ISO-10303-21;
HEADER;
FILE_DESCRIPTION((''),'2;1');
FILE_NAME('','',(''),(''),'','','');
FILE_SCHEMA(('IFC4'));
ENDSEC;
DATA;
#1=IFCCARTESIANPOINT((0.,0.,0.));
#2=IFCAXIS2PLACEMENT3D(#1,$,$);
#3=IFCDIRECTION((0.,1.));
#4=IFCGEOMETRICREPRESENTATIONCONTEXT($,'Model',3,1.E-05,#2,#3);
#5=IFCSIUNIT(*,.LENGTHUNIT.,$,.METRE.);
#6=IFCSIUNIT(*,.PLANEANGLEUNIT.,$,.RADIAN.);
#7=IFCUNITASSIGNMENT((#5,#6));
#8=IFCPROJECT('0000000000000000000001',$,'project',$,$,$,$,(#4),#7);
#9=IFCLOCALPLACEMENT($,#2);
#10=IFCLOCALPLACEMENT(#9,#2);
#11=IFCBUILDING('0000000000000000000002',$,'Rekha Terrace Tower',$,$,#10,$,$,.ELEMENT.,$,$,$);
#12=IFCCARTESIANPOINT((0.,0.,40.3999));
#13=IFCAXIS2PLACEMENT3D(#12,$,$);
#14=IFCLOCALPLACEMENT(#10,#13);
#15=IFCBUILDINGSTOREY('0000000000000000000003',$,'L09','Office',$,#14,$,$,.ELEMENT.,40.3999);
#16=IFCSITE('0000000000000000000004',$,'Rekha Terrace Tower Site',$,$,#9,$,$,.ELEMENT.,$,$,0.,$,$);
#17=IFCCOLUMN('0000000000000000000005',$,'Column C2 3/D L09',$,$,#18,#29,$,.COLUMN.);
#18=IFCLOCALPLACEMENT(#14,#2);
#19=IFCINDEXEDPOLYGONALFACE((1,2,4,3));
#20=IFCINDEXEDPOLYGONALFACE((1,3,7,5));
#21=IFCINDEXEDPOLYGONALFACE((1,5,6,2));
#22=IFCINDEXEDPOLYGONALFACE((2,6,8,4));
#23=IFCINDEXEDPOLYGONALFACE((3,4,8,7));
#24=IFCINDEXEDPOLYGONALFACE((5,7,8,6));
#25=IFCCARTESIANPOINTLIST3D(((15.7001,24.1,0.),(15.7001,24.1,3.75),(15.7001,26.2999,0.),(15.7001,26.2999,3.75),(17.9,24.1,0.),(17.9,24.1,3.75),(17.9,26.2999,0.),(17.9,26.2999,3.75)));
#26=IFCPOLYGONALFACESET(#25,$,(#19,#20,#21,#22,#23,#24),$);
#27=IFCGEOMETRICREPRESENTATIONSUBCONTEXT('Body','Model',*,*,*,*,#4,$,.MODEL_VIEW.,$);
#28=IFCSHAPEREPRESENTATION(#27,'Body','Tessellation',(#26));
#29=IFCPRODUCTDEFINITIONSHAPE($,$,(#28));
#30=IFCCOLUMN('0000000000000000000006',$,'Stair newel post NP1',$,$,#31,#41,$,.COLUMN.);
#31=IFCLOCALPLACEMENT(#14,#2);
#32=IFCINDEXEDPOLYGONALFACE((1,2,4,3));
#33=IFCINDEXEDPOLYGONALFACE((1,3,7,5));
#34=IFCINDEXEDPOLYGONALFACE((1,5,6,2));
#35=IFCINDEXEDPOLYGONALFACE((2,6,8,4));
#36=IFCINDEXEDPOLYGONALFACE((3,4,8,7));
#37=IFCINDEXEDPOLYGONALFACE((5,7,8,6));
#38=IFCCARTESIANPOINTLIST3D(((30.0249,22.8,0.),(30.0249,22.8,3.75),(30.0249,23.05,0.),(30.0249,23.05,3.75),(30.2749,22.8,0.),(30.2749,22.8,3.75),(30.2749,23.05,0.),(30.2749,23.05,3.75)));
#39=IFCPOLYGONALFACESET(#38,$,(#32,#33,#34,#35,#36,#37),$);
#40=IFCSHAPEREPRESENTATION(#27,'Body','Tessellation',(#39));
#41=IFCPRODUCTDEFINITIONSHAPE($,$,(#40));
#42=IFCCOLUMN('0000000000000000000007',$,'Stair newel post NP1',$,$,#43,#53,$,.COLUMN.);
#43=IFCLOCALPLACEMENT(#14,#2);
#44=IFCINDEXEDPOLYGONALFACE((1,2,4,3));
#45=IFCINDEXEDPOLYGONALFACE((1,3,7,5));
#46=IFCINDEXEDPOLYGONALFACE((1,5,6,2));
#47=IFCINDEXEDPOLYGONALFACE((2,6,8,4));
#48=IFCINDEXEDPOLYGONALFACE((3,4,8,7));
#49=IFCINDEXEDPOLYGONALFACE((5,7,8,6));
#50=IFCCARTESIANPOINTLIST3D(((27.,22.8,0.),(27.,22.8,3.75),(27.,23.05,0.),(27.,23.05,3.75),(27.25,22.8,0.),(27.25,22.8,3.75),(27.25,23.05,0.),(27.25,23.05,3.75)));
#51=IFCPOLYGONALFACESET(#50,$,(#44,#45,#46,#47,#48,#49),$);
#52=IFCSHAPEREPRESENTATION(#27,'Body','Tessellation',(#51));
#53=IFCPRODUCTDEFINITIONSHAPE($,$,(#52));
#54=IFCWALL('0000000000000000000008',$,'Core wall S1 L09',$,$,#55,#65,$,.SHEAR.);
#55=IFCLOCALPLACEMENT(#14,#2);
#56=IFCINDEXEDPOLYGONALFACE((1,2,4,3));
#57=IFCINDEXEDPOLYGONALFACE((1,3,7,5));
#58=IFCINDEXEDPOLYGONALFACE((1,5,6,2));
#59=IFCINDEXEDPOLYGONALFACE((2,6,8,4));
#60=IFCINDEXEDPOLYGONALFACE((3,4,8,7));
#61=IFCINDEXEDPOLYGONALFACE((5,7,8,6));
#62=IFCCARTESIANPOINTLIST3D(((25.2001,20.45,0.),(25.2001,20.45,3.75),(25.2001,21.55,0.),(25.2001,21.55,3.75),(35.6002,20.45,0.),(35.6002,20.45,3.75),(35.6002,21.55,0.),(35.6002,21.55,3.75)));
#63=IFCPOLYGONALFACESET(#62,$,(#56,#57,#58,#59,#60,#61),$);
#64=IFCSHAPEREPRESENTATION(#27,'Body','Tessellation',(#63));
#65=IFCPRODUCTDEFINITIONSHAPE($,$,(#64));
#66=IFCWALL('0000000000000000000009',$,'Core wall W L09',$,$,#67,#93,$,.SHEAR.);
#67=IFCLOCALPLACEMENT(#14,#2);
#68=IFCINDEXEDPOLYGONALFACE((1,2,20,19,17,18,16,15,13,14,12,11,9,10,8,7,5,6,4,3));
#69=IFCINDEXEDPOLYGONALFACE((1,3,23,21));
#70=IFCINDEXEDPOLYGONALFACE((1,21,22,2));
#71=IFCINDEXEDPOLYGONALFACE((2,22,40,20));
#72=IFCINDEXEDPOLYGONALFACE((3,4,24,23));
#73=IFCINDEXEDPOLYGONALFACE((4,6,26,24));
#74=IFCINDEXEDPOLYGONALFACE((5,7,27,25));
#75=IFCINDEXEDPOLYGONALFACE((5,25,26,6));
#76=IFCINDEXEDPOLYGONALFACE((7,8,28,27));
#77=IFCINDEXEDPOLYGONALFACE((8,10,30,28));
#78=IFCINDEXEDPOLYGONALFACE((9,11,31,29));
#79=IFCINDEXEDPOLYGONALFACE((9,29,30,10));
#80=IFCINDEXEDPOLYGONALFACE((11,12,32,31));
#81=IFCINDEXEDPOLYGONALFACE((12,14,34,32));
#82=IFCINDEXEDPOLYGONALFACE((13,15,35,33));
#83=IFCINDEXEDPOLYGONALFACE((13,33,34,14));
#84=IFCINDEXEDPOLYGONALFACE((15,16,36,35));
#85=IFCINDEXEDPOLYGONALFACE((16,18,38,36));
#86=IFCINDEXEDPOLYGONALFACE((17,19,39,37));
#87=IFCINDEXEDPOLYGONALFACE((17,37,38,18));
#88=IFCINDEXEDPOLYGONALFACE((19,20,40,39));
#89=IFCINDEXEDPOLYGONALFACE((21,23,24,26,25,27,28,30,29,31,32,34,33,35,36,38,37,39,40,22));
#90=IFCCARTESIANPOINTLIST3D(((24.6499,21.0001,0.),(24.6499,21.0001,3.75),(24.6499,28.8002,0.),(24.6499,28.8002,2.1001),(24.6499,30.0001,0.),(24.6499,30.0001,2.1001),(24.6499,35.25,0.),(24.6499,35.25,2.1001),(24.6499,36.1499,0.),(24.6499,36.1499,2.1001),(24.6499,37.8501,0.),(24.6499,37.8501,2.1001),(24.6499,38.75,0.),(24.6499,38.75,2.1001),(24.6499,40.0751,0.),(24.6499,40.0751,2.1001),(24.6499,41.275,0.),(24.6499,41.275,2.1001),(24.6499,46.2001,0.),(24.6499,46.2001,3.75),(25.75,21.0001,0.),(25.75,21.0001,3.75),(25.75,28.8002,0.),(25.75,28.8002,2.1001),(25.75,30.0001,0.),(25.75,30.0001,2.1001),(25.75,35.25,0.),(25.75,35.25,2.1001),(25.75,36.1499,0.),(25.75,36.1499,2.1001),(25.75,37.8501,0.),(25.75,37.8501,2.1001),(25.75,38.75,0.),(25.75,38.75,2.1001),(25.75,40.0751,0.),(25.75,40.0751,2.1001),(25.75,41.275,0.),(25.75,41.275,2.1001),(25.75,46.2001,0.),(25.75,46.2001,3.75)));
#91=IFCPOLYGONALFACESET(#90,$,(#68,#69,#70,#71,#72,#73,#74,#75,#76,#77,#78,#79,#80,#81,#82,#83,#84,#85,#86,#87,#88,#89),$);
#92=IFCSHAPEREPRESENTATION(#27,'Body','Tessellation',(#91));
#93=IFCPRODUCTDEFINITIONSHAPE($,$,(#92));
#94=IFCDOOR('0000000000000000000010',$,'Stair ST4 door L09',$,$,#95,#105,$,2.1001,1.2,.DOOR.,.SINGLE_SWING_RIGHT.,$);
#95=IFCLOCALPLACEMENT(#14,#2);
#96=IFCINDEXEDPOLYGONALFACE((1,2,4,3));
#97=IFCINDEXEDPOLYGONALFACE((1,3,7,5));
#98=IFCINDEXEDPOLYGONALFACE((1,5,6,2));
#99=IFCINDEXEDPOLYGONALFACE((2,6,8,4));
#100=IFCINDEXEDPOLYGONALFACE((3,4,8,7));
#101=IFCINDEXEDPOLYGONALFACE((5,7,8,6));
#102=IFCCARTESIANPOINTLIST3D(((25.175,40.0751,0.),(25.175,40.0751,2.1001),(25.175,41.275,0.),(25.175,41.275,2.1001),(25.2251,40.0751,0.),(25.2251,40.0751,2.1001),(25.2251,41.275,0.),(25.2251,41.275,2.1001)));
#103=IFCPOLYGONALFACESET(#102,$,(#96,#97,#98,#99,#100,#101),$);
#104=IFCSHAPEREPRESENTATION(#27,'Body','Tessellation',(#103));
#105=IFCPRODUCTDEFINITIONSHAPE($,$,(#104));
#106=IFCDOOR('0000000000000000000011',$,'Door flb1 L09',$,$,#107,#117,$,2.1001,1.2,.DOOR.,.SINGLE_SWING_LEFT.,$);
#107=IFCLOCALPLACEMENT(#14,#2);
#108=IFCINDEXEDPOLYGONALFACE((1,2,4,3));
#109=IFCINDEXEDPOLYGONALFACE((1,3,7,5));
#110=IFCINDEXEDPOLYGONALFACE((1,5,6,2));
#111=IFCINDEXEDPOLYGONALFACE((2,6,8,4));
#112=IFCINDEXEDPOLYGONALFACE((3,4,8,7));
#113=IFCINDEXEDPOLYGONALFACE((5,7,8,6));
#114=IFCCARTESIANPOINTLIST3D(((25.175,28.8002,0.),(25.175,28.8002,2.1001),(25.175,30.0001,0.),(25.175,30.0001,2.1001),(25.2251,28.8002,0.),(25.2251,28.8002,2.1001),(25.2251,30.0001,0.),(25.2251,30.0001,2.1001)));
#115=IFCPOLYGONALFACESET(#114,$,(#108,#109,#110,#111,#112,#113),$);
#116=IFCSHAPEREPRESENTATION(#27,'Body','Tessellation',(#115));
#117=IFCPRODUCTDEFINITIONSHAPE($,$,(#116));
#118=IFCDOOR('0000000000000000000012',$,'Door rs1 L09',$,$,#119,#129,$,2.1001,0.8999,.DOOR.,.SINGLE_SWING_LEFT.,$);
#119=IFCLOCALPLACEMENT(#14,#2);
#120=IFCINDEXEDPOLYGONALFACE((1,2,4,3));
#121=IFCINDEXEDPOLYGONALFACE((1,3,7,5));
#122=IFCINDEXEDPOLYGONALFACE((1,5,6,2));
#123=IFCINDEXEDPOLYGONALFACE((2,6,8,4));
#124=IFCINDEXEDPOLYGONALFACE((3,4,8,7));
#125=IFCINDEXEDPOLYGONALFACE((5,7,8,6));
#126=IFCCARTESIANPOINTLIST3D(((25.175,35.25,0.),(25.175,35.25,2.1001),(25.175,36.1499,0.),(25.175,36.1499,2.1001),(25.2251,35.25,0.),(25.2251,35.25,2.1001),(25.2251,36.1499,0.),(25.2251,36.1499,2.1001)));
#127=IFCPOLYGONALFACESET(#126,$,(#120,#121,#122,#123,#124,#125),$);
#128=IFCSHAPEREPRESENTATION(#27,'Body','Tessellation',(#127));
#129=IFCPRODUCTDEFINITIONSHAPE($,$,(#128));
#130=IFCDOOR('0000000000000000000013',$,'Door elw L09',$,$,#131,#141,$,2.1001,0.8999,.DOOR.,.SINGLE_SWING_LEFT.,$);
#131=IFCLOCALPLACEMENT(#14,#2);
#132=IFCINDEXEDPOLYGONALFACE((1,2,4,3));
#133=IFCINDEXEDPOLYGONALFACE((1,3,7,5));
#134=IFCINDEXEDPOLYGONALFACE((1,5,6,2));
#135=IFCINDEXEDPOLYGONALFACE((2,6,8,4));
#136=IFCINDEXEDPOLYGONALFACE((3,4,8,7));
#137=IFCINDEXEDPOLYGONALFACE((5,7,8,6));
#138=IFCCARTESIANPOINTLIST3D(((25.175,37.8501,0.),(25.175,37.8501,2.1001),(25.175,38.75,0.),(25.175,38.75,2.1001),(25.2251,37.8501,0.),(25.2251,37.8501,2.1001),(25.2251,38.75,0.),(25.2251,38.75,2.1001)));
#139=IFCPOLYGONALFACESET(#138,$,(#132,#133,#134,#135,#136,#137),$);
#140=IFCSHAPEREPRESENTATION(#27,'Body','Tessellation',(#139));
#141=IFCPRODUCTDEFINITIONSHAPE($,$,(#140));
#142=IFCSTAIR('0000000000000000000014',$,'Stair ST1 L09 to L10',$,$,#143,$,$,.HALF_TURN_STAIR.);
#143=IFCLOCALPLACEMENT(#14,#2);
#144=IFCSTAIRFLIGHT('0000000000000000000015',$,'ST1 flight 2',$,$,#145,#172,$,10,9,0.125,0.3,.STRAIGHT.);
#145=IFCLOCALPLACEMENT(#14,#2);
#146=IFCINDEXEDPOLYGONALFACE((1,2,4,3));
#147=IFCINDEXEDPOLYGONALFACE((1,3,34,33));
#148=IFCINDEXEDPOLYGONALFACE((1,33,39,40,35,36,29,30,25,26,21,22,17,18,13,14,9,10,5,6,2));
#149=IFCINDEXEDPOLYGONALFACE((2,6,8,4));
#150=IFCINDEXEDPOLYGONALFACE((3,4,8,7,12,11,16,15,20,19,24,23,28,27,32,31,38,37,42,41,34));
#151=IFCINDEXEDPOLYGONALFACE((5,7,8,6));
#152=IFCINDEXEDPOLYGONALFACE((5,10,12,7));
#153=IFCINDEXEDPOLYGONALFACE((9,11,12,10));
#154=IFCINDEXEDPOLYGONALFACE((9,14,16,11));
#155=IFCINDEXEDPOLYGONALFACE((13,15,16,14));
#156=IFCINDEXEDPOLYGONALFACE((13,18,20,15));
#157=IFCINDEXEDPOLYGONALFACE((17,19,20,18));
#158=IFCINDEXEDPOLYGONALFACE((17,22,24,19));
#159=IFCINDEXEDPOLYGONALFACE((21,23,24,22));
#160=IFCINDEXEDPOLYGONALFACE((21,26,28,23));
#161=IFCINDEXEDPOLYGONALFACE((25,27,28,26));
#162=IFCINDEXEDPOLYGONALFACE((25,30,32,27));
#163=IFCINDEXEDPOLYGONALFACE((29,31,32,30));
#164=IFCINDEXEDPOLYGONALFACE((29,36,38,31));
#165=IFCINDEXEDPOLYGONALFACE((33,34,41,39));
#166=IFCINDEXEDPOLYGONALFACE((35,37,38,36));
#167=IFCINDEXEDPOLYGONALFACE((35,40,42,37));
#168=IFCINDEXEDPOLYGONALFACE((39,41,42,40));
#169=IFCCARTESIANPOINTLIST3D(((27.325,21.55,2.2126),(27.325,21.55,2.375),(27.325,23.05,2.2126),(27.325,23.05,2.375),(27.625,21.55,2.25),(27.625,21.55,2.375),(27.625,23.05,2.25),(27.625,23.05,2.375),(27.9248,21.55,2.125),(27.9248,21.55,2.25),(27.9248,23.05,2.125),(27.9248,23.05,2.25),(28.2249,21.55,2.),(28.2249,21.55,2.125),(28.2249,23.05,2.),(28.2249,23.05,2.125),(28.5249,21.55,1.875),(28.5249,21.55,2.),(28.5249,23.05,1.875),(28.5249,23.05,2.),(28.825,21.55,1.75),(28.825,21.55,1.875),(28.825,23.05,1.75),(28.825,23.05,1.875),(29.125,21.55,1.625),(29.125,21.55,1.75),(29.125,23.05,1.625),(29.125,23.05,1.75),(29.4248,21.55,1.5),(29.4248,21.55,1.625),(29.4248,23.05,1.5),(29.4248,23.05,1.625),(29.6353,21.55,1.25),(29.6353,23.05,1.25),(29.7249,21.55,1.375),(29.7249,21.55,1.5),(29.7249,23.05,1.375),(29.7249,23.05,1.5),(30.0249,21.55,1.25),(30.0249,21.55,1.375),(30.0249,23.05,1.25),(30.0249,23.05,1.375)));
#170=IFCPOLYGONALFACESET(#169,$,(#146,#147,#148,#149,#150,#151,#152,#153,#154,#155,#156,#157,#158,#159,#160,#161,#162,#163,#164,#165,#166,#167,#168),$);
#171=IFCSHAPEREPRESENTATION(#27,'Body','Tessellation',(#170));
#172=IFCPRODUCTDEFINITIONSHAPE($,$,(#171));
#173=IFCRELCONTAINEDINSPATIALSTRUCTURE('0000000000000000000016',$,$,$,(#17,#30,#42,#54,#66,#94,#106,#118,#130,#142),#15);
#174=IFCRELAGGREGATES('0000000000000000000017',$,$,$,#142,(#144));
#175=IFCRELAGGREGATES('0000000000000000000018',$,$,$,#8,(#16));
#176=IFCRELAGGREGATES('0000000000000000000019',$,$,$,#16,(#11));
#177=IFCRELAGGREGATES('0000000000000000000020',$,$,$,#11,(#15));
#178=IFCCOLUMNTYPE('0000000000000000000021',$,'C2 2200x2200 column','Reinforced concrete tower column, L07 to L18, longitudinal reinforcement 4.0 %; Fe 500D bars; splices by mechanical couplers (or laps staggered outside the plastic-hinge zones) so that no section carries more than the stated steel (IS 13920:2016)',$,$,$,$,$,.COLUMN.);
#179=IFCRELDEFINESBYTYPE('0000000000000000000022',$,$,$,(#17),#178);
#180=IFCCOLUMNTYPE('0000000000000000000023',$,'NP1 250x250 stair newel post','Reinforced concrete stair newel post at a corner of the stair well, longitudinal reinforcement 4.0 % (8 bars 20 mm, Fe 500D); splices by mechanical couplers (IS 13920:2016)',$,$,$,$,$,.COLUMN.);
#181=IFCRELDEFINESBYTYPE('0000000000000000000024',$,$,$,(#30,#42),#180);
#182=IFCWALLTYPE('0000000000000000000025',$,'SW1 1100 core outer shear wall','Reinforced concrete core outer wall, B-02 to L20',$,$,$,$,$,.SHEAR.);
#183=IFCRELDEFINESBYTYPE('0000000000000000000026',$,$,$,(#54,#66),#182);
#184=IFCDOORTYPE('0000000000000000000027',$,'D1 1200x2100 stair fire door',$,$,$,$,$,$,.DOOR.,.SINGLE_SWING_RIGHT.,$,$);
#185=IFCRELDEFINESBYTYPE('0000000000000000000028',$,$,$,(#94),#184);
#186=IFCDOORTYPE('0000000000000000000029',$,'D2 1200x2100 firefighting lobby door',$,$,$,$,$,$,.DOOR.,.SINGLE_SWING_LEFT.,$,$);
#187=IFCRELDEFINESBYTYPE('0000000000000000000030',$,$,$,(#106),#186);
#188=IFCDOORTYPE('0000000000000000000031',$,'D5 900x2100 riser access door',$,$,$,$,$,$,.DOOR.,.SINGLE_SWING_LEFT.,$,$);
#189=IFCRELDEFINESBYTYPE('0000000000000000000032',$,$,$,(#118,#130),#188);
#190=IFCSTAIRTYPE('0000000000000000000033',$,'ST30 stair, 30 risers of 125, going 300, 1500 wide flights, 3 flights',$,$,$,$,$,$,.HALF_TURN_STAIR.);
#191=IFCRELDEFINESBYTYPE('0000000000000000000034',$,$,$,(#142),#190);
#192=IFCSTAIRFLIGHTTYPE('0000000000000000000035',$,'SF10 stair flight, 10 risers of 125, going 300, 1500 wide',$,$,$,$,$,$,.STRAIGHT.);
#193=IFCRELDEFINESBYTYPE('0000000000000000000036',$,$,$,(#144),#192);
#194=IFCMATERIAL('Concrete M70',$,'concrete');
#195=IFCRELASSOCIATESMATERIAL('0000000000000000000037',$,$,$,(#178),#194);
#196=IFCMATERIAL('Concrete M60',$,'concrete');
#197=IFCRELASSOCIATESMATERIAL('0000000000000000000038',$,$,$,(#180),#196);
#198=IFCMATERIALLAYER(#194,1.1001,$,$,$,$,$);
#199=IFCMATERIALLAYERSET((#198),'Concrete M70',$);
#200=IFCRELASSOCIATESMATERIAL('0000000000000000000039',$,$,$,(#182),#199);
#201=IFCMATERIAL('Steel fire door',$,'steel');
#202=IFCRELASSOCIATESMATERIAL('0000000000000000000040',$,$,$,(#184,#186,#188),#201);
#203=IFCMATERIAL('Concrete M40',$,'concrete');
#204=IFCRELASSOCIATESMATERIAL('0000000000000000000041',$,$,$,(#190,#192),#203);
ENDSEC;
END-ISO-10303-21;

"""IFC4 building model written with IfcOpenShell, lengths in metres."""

from ifc_helpers import new_model, si_unit, direction, frame, frame_2d, origin, origin_2d, place, context, subcontext, project, spatial, polyline, rectangle, outline, extrude, material, layer, layer_set, material_profile, profile_set, type_object, element, fill, aggregate, save


model = new_model("IFC4")

# Units and contexts
model_context = context("Model", 3, precision=1e-05, world=origin(), true_north=direction((0.0, 1.0)))
body_context = subcontext(model_context, "Body", "Model", "MODEL_VIEW")
ifc_project = project(units=[si_unit("LENGTHUNIT", "METRE"), si_unit("PLANEANGLEUNIT", "RADIAN")], contexts=[model_context])

# Site, building, storey
site_placement = place(None, origin())
site = spatial("IfcSite", under=ifc_project, at=site_placement, Name="Rekha Terrace Tower Site", CompositionType="ELEMENT", RefElevation=0.0)
building_placement = place(site_placement, origin())
building = spatial("IfcBuilding", under=site, at=building_placement, Name="Rekha Terrace Tower", CompositionType="ELEMENT")
storey_placement = place(building_placement, frame((0.0, 0.0, 40.3999)))
storey = spatial("IfcBuildingStorey", under=building, at=storey_placement, Name="L09", Description="Office", CompositionType="ELEMENT", Elevation=40.3999)

# Columns
ifc_material_1 = material(Name="Concrete M70", Category="concrete")
ifc_material_profile_1 = material_profile(ifc_material_1, rectangle(XDim=2.2, YDim=2.2, at=origin_2d()), Name="RC 2200x2200")
ifc_profile_set_1 = profile_set([ifc_material_profile_1], Name="Concrete M70")
column_type_1 = type_object("IfcColumnType", Name="C2 2200x2200 column", Description="Reinforced concrete tower column, L07 to L18, longitudinal reinforcement 4.0 %; Fe 500D bars; splices by mechanical couplers (or laps staggered outside the plastic-hinge zones) so that no section carries more than the stated steel (IS 13920:2016)", PredefinedType="COLUMN", material=ifc_profile_set_1)
column_placement = place(storey_placement, frame((16.8, 25.2, 0.0), z_axis=(0.0, 0.0, 1.0), x_axis=(1.0, 0.0, 0.0)))
element("IfcColumn", 1, at=column_placement, inside=storey, type_object=column_type_1, Name="Column C2 3/D L09", PredefinedType="COLUMN", context=body_context, shape_type="SweptSolid", body=[
    extrude(rectangle(XDim=2.2, YDim=2.2, at=origin_2d()), origin(), (0.0, 0.0, 1.0), 3.75),
])
ifc_material_2 = material(Name="Concrete M60", Category="concrete")
ifc_material_profile_2 = material_profile(ifc_material_2, rectangle(XDim=0.25, YDim=0.25, at=origin_2d()), Name="RC 250x250")
ifc_profile_set_2 = profile_set([ifc_material_profile_2], Name="Concrete M60")
column_type_2 = type_object("IfcColumnType", Name="NP1 250x250 stair newel post", Description="Reinforced concrete stair newel post at a corner of the stair well, longitudinal reinforcement 4.0 % (8 bars 20 mm, Fe 500D); splices by mechanical couplers (IS 13920:2016)", PredefinedType="COLUMN", material=ifc_profile_set_2)
for number, where, z_axis, x_axis, name in (
    (2, (30.1499, 22.925, 0.0), (0.0, 0.0, 1.0), (1.0, 0.0, 0.0), "Stair newel post NP1"),
    (3, (27.125, 22.925, 0.0), (0.0, 0.0, 1.0), (1.0, 0.0, 0.0), "Stair newel post NP1"),
):
    element("IfcColumn", number, at=place(storey_placement, frame(where, z_axis=z_axis, x_axis=x_axis)), inside=storey, type_object=column_type_2, Name=name, PredefinedType="COLUMN", context=body_context, shape_type="SweptSolid", body=[
        extrude(rectangle(XDim=0.25, YDim=0.25, at=origin_2d()), origin(), (0.0, 0.0, 1.0), 3.75),
    ])

# Wall
ifc_layer = layer(ifc_material_1, 1.1001)
ifc_layer_set = layer_set([ifc_layer], Name="Concrete M70")
wall_type = type_object("IfcWallType", Name="SW1 1100 core outer shear wall", Description="Reinforced concrete core outer wall, B-02 to L20", PredefinedType="SHEAR", material=ifc_layer_set)
wall_1_placement = place(storey_placement, frame((25.2, 21.0, 0.0), z_axis=(0.0, 0.0, 1.0), x_axis=(1.0, 0.0, 0.0)))
element("IfcWall", 4, at=wall_1_placement, inside=storey, type_object=wall_type, Name="Core wall S1 L09", PredefinedType="SHEAR", context=body_context, shape_type="SweptSolid", body=[
    extrude(rectangle(XDim=10.4001, YDim=1.1001, at=frame_2d((5.2002, 0.0))), origin(), (0.0, 0.0, 1.0), 3.75),
])

# Wall, openings, doors
wall_2_placement = place(storey_placement, frame((25.2, 21.0, 0.0), z_axis=(0.0, 0.0, 1.0), x_axis=(0.0, 1.0, 0.0)))
wall_2 = element("IfcWall", 5, at=wall_2_placement, inside=storey, type_object=wall_type, Name="Core wall W L09", PredefinedType="SHEAR", context=body_context, shape_type="SweptSolid", body=[
    extrude(rectangle(XDim=25.2, YDim=1.1001, at=frame_2d((12.6001, 0.0))), origin(), (0.0, 0.0, 1.0), 3.75),
])
opening_1_placement = place(wall_2_placement, frame((7.8, 0.0, 0.0)))
opening_1 = element("IfcOpeningElement", 6, at=opening_1_placement, cuts=wall_2, PredefinedType="OPENING", context=body_context, shape_type="SweptSolid", body=[
    extrude(rectangle(XDim=1.2, YDim=2.1001, at=frame_2d((0.6001, 1.05))), frame((0.0, 0.5601, 0.0), z_axis=(0.0, -1.0, 0.0), x_axis=(1.0, 0.0, 0.0)), (0.0, 0.0, 1.0), 1.1201),
])
opening_2_placement = place(wall_2_placement, frame((14.25, 0.0, 0.0)))
opening_2 = element("IfcOpeningElement", 7, at=opening_2_placement, cuts=wall_2, PredefinedType="OPENING", context=body_context, shape_type="SweptSolid", body=[
    extrude(rectangle(XDim=0.8999, YDim=2.1001, at=frame_2d((0.45, 1.05))), frame((0.0, 0.5601, 0.0), z_axis=(0.0, -1.0, 0.0), x_axis=(1.0, 0.0, 0.0)), (0.0, 0.0, 1.0), 1.1201),
])
opening_3_placement = place(wall_2_placement, frame((16.8501, 0.0, 0.0)))
opening_3 = element("IfcOpeningElement", 8, at=opening_3_placement, cuts=wall_2, PredefinedType="OPENING", context=body_context, shape_type="SweptSolid", body=[
    extrude(rectangle(XDim=0.8999, YDim=2.1001, at=frame_2d((0.45, 1.05))), frame((0.0, 0.5601, 0.0), z_axis=(0.0, -1.0, 0.0), x_axis=(1.0, 0.0, 0.0)), (0.0, 0.0, 1.0), 1.1201),
])
opening_4_placement = place(wall_2_placement, frame((19.075, 0.0, 0.0)))
opening_4 = element("IfcOpeningElement", 9, at=opening_4_placement, cuts=wall_2, PredefinedType="OPENING", context=body_context, shape_type="SweptSolid", body=[
    extrude(rectangle(XDim=1.2, YDim=2.1001, at=frame_2d((0.6001, 1.05))), frame((0.0, 0.5601, 0.0), z_axis=(0.0, -1.0, 0.0), x_axis=(1.0, 0.0, 0.0)), (0.0, 0.0, 1.0), 1.1201),
])
ifc_material_3 = material(Name="Steel fire door", Category="steel")
door_type_1 = type_object("IfcDoorType", Name="D1 1200x2100 stair fire door", OperationType="SINGLE_SWING_RIGHT", PredefinedType="DOOR", material=ifc_material_3)
door_1_placement = place(opening_4_placement, origin())
door_1 = element("IfcDoor", 10, at=door_1_placement, inside=storey, type_object=door_type_1, Name="Stair ST4 door L09", OperationType="SINGLE_SWING_RIGHT", OverallHeight=2.1001, OverallWidth=1.2, PredefinedType="DOOR", context=body_context, shape_type="SweptSolid", body=[
    extrude(rectangle(XDim=1.2, YDim=2.1001, at=frame_2d((0.6001, 1.05))), frame((0.0, 0.0249, 0.0), z_axis=(0.0, -1.0, 0.0), x_axis=(1.0, 0.0, 0.0)), (0.0, 0.0, 1.0), 0.05),
])
fill(opening_4, door_1)
door_type_2 = type_object("IfcDoorType", Name="D2 1200x2100 firefighting lobby door", OperationType="SINGLE_SWING_LEFT", PredefinedType="DOOR", material=ifc_material_3)
door_2_placement = place(opening_1_placement, origin())
door_2 = element("IfcDoor", 11, at=door_2_placement, inside=storey, type_object=door_type_2, Name="Door flb1 L09", OperationType="SINGLE_SWING_LEFT", OverallHeight=2.1001, OverallWidth=1.2, PredefinedType="DOOR", context=body_context, shape_type="SweptSolid", body=[
    extrude(rectangle(XDim=1.2, YDim=2.1001, at=frame_2d((0.6001, 1.05))), frame((0.0, 0.0249, 0.0), z_axis=(0.0, -1.0, 0.0), x_axis=(1.0, 0.0, 0.0)), (0.0, 0.0, 1.0), 0.05),
])
fill(opening_1, door_2)
door_type_3 = type_object("IfcDoorType", Name="D5 900x2100 riser access door", OperationType="SINGLE_SWING_LEFT", PredefinedType="DOOR", material=ifc_material_3)
door_3_placement = place(opening_2_placement, origin())
door_3 = element("IfcDoor", 12, at=door_3_placement, inside=storey, type_object=door_type_3, Name="Door rs1 L09", OperationType="SINGLE_SWING_LEFT", OverallHeight=2.1001, OverallWidth=0.8999, PredefinedType="DOOR", context=body_context, shape_type="SweptSolid", body=[
    extrude(rectangle(XDim=0.8999, YDim=2.1001, at=frame_2d((0.45, 1.05))), frame((0.0, 0.0249, 0.0), z_axis=(0.0, -1.0, 0.0), x_axis=(1.0, 0.0, 0.0)), (0.0, 0.0, 1.0), 0.05),
])
fill(opening_2, door_3)
door_4_placement = place(opening_3_placement, origin())
door_4 = element("IfcDoor", 13, at=door_4_placement, inside=storey, type_object=door_type_3, Name="Door elw L09", OperationType="SINGLE_SWING_LEFT", OverallHeight=2.1001, OverallWidth=0.8999, PredefinedType="DOOR", context=body_context, shape_type="SweptSolid", body=[
    extrude(rectangle(XDim=0.8999, YDim=2.1001, at=frame_2d((0.45, 1.05))), frame((0.0, 0.0249, 0.0), z_axis=(0.0, -1.0, 0.0), x_axis=(1.0, 0.0, 0.0)), (0.0, 0.0, 1.0), 0.05),
])
fill(opening_3, door_4)

# Stair, stair flight
ifc_material_4 = material(Name="Concrete M40", Category="concrete")
stair_type = type_object("IfcStairType", Name="ST30 stair, 30 risers of 125, going 300, 1500 wide flights, 3 flights", PredefinedType="HALF_TURN_STAIR", material=ifc_material_4)
stair_placement = place(storey_placement, origin())
stair = element("IfcStair", 14, at=stair_placement, inside=storey, type_object=stair_type, Name="Stair ST1 L09 to L10", PredefinedType="HALF_TURN_STAIR")
stair_flight_type = type_object("IfcStairFlightType", Name="SF10 stair flight, 10 risers of 125, going 300, 1500 wide", PredefinedType="STRAIGHT", material=ifc_material_4)
stair_flight_1_placement = place(storey_placement, frame((30.0249, 22.3, 1.25), z_axis=(0.0, 0.0, 1.0), x_axis=(-1.0, 0.0, 0.0)))
stair_flight_1 = element("IfcStairFlight", 15, at=stair_flight_1_placement, type_object=stair_flight_type, Name="ST1 flight 2", NumberOfRisers=10, NumberOfTreads=9, PredefinedType="STRAIGHT", RiserHeight=0.125, TreadLength=0.3, context=body_context, shape_type="SweptSolid", body=[
    extrude(outline(polyline([(0.0, 0.0), (0.0, 0.125), (0.3, 0.125), (0.3, 0.25), (0.6001, 0.25), (0.6001, 0.375), (0.8999, 0.375), (0.8999, 0.5), (1.2, 0.5), (1.2, 0.625), (1.5, 0.625), (1.5, 0.75), (1.8, 0.75), (1.8, 0.875), (2.1001, 0.875), (2.1001, 1.0), (2.3999, 1.0), (2.3999, 1.125), (2.7, 1.125), (2.7, 1.25), (2.7, 0.9626), (0.3896, 0.0), (0.0, 0.0)])), frame((0.0, 0.75, 0.0), z_axis=(0.0, -1.0, 0.0), x_axis=(1.0, 0.0, 0.0)), (0.0, 0.0, 1.0), 1.5),
])
aggregate(stair, [stair_flight_1])

save(model, "model.ifc")
